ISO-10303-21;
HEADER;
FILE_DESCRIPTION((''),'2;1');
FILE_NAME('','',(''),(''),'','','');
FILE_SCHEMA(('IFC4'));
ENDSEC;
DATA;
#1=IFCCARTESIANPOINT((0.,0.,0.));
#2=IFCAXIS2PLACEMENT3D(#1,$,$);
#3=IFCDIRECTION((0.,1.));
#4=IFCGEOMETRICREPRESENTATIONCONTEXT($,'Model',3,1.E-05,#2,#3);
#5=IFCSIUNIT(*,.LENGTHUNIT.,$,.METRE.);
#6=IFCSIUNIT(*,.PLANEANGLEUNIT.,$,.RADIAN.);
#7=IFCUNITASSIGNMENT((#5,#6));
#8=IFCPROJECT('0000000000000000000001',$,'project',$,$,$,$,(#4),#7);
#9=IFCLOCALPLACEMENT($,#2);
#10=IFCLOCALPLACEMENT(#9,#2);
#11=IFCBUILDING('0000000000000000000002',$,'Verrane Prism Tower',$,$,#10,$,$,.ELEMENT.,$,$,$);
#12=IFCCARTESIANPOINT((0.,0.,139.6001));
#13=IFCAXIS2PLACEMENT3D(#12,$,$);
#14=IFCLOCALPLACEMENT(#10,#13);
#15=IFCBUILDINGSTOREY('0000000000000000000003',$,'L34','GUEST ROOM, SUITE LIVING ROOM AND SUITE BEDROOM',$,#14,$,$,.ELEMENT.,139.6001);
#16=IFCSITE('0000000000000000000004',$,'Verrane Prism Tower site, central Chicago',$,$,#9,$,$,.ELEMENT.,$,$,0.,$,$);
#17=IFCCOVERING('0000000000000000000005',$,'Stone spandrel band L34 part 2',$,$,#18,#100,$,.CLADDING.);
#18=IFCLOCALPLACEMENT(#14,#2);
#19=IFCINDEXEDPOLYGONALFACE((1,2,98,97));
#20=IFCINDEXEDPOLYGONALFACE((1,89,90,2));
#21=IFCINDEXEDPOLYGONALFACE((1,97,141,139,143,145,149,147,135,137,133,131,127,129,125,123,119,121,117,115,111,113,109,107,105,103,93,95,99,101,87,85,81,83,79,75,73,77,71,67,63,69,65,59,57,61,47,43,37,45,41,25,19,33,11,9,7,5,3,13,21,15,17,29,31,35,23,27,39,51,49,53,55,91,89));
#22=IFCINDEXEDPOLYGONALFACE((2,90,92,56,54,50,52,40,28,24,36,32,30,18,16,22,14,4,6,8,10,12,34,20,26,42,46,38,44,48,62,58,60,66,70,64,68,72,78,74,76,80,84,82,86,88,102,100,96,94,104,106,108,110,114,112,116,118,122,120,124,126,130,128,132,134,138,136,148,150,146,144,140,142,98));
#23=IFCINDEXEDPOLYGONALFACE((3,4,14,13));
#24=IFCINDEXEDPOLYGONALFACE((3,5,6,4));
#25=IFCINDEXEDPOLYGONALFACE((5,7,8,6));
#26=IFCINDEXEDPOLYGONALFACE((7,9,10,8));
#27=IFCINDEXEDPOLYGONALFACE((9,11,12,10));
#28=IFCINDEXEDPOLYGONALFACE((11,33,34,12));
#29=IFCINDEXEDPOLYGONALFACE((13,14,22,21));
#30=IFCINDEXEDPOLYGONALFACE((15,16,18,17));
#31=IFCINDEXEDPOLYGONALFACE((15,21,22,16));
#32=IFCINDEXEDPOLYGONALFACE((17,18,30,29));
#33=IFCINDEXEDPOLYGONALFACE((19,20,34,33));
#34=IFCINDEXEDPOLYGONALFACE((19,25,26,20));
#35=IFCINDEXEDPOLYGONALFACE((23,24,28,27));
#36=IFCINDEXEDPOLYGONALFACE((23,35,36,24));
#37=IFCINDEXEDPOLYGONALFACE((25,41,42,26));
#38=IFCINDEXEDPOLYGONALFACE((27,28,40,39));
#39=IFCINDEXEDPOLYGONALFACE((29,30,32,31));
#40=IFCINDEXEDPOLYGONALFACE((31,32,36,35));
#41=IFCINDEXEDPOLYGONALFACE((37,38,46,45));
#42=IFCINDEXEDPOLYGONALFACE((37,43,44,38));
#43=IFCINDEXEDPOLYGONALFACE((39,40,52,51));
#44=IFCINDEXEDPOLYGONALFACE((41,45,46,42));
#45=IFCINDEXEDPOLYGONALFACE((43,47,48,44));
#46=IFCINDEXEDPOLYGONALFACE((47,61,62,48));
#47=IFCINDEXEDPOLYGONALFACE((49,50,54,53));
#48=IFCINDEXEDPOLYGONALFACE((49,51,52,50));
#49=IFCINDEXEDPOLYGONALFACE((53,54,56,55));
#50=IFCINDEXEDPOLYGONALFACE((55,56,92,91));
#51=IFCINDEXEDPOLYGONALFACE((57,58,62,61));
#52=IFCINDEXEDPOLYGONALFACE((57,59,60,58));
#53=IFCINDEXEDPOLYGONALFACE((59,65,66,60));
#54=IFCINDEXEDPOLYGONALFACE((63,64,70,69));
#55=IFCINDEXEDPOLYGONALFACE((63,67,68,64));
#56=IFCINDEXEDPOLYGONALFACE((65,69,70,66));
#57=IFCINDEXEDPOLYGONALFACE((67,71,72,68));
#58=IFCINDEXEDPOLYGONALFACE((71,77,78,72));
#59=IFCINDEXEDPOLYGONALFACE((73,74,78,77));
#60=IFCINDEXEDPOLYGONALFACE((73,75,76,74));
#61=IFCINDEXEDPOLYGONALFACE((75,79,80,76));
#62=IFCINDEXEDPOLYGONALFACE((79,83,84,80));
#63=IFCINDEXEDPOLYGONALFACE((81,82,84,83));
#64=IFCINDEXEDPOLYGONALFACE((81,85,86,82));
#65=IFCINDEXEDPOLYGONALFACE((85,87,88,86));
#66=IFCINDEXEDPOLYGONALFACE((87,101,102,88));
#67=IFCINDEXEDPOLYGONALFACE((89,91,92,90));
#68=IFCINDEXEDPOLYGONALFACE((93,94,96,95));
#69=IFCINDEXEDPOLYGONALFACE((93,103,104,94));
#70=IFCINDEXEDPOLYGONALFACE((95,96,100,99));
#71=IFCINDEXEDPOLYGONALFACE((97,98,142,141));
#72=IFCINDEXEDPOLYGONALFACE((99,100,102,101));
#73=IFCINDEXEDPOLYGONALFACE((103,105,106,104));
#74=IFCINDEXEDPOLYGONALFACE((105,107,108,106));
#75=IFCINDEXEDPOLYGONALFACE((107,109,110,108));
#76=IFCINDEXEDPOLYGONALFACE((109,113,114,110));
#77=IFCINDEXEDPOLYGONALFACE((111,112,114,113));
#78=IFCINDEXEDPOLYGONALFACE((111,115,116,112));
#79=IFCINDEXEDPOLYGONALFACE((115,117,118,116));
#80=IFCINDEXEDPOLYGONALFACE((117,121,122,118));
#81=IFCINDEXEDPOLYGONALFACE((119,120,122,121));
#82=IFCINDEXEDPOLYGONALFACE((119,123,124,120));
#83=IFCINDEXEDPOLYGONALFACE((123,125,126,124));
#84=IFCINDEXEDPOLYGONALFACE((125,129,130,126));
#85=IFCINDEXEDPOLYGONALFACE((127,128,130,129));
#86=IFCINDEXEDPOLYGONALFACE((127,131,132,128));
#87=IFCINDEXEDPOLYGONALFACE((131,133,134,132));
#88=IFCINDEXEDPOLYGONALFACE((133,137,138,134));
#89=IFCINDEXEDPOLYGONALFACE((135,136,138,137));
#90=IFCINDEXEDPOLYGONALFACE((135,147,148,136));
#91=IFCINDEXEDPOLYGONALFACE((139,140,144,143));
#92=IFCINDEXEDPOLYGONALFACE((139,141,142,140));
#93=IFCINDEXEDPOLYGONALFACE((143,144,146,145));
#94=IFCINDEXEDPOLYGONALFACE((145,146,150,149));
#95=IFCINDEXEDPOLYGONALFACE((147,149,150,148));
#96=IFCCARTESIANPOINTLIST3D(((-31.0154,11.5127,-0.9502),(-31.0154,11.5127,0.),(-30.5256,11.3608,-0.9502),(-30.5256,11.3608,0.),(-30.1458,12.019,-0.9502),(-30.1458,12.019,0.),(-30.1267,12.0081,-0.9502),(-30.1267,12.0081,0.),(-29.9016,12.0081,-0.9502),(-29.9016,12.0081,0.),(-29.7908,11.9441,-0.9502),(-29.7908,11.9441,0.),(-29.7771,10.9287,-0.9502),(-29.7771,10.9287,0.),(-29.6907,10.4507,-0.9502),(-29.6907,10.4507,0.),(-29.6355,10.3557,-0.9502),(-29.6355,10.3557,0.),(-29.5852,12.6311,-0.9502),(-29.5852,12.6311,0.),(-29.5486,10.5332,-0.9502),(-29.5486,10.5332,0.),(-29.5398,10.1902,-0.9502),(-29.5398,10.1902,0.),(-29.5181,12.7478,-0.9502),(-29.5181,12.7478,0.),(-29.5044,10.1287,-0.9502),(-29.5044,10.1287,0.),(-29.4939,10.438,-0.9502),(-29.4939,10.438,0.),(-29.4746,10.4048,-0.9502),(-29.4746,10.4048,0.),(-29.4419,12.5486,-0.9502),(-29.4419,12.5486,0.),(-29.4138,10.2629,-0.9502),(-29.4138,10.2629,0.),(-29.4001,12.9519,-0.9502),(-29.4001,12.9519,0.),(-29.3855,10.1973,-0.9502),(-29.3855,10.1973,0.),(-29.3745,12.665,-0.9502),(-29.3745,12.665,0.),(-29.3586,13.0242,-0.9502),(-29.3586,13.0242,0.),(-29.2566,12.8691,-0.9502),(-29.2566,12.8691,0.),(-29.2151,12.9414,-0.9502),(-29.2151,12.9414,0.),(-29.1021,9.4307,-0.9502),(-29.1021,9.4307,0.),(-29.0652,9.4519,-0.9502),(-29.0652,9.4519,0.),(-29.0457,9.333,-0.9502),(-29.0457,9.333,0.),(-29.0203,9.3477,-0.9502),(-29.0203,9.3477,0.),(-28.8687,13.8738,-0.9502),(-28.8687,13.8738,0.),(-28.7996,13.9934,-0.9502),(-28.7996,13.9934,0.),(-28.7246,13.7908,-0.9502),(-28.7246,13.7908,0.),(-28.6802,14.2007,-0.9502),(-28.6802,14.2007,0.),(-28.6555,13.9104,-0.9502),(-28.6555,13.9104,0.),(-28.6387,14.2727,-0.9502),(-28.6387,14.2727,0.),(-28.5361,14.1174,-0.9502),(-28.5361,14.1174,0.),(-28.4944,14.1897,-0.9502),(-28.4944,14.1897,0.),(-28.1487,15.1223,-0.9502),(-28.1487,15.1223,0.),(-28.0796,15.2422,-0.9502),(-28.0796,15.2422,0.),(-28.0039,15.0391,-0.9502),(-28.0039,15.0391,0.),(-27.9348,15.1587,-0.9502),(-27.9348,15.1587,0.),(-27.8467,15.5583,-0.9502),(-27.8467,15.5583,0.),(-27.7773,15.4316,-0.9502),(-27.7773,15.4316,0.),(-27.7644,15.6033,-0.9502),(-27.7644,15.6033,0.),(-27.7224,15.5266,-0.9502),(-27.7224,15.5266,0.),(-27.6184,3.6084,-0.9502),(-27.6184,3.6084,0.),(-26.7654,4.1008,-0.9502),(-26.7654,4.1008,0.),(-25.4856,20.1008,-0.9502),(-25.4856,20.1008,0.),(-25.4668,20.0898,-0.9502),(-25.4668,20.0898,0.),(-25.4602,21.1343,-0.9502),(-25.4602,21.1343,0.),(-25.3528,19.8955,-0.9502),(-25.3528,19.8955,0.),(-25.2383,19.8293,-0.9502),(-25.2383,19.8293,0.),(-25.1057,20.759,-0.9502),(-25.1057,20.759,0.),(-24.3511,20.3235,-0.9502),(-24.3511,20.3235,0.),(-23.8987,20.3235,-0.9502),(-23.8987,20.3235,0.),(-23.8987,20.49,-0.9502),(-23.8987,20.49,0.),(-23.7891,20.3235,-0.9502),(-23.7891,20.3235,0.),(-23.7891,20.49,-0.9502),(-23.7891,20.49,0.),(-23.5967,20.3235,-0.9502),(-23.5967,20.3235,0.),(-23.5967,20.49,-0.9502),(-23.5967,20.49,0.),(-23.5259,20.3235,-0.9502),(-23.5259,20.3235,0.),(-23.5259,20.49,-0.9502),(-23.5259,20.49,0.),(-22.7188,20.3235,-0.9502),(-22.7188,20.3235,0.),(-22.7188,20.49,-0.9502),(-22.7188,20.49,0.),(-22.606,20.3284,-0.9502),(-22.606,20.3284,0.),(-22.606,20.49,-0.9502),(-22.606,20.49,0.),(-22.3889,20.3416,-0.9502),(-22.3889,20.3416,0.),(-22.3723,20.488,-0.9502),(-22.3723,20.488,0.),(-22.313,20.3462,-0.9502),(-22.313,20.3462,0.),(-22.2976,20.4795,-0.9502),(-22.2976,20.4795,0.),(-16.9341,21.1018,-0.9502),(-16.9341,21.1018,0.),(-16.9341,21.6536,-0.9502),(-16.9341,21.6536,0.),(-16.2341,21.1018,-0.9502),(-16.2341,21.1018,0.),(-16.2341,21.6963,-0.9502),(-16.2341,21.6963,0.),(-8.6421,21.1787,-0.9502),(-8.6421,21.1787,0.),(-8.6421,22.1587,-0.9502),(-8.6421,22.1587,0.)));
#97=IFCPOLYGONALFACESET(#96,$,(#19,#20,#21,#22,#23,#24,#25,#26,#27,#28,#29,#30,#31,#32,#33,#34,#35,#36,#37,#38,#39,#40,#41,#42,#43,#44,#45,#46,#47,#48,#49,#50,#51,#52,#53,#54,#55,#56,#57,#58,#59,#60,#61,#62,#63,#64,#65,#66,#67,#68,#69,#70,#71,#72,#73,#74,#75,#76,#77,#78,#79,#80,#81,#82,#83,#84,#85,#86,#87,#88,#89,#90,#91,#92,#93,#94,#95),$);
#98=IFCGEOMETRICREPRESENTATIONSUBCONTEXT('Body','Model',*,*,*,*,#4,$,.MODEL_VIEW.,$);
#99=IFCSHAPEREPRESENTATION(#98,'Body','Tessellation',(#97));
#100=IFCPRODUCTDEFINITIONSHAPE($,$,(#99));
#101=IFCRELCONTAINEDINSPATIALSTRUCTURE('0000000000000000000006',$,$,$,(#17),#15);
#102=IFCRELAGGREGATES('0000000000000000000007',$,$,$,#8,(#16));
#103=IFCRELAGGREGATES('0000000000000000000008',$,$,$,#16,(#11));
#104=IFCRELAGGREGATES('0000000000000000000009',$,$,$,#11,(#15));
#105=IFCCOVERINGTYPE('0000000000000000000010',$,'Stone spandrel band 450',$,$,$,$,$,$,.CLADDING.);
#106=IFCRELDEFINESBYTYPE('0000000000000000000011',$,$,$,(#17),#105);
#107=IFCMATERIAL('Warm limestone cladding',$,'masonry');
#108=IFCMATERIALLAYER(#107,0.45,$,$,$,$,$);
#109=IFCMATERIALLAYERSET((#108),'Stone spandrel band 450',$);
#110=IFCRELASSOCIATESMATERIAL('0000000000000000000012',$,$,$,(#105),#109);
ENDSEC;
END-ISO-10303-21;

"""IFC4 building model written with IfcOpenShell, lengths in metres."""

from ifc_helpers import new_model, si_unit, direction, frame, origin, place, context, subcontext, project, spatial, polyline, outline, extrude, material, layer, layer_set, type_object, element, save


model = new_model("IFC4")

# Units and contexts
model_context = context("Model", 3, precision=1e-05, world=origin(), true_north=direction((0.0, 1.0)))
body_context = subcontext(model_context, "Body", "Model", "MODEL_VIEW")
ifc_project = project(units=[si_unit("LENGTHUNIT", "METRE"), si_unit("PLANEANGLEUNIT", "RADIAN")], contexts=[model_context])

# Site, building, storey
site_placement = place(None, origin())
site = spatial("IfcSite", under=ifc_project, at=site_placement, Name="Verrane Prism Tower site, central Chicago", CompositionType="ELEMENT", RefElevation=0.0)
building_placement = place(site_placement, origin())
building = spatial("IfcBuilding", under=site, at=building_placement, Name="Verrane Prism Tower", CompositionType="ELEMENT")
storey_placement = place(building_placement, frame((0.0, 0.0, 139.6001)))
storey = spatial("IfcBuildingStorey", under=building, at=storey_placement, Name="L34", Description="GUEST ROOM, SUITE LIVING ROOM AND SUITE BEDROOM", CompositionType="ELEMENT", Elevation=139.6001)

# Covering
ifc_material_1 = material(Name="Warm limestone cladding", Category="masonry")
ifc_layer_1 = layer(ifc_material_1, 0.45)
ifc_layer_set_1 = layer_set([ifc_layer_1], Name="Stone spandrel band 450")
covering_type = type_object("IfcCoveringType", Name="Stone spandrel band 450", PredefinedType="CLADDING", material=ifc_layer_set_1)
covering_1_placement = place(storey_placement, frame((0.0, 0.0, -0.9502)))
element("IfcCovering", 1, at=covering_1_placement, inside=storey, type_object=covering_type, Name="Stone spandrel band L34 part 2", PredefinedType="CLADDING", context=body_context, shape_type="SweptSolid", body=[
    extrude(outline(polyline([(-26.7654, 4.1008), (-29.0203, 9.3477), (-29.0457, 9.333), (-29.1021, 9.4307), (-29.0652, 9.4519), (-29.3855, 10.1973), (-29.5044, 10.1287), (-29.5398, 10.1902), (-29.4138, 10.2629), (-29.4746, 10.4048), (-29.4939, 10.438), (-29.6355, 10.3557), (-29.6907, 10.4507), (-29.5486, 10.5332), (-29.7771, 10.9287), (-30.5256, 11.3608), (-30.1458, 12.019), (-30.1267, 12.0081), (-29.9016, 12.0081), (-29.7908, 11.9441), (-29.4419, 12.5486), (-29.5852, 12.6311), (-29.5181, 12.7478), (-29.3745, 12.665), (-29.2566, 12.8691), (-29.4001, 12.9519), (-29.3586, 13.0242), (-29.2151, 12.9414), (-28.7246, 13.7908), (-28.8687, 13.8738), (-28.7996, 13.9934), (-28.6555, 13.9104), (-28.5361, 14.1174), (-28.6802, 14.2007), (-28.6387, 14.2727), (-28.4944, 14.1897), (-28.0039, 15.0391), (-28.1487, 15.1223), (-28.0796, 15.2422), (-27.9348, 15.1587), (-27.7773, 15.4316), (-27.8467, 15.5583), (-27.7644, 15.6033), (-27.7224, 15.5266), (-25.2383, 19.8293), (-25.3528, 19.8955), (-25.4668, 20.0898), (-25.4856, 20.1008), (-25.1057, 20.759), (-24.3511, 20.3235), (-23.8987, 20.3235), (-23.8987, 20.49), (-23.7891, 20.49), (-23.7891, 20.3235), (-23.5967, 20.3235), (-23.5967, 20.49), (-23.5259, 20.49), (-23.5259, 20.3235), (-22.7188, 20.3235), (-22.7188, 20.49), (-22.606, 20.49), (-22.606, 20.3284), (-22.3889, 20.3416), (-22.3723, 20.488), (-22.2976, 20.4795), (-22.313, 20.3462), (-8.6421, 21.1787), (-8.6421, 22.1587), (-16.2341, 21.6963), (-16.2341, 21.1018), (-16.9341, 21.1018), (-16.9341, 21.6536), (-25.4602, 21.1343), (-31.0154, 11.5127), (-27.6184, 3.6084), (-26.7654, 4.1008)])), origin(), (0.0, 0.0, 1.0), 0.9502),
])

save(model, "model.ifc")
